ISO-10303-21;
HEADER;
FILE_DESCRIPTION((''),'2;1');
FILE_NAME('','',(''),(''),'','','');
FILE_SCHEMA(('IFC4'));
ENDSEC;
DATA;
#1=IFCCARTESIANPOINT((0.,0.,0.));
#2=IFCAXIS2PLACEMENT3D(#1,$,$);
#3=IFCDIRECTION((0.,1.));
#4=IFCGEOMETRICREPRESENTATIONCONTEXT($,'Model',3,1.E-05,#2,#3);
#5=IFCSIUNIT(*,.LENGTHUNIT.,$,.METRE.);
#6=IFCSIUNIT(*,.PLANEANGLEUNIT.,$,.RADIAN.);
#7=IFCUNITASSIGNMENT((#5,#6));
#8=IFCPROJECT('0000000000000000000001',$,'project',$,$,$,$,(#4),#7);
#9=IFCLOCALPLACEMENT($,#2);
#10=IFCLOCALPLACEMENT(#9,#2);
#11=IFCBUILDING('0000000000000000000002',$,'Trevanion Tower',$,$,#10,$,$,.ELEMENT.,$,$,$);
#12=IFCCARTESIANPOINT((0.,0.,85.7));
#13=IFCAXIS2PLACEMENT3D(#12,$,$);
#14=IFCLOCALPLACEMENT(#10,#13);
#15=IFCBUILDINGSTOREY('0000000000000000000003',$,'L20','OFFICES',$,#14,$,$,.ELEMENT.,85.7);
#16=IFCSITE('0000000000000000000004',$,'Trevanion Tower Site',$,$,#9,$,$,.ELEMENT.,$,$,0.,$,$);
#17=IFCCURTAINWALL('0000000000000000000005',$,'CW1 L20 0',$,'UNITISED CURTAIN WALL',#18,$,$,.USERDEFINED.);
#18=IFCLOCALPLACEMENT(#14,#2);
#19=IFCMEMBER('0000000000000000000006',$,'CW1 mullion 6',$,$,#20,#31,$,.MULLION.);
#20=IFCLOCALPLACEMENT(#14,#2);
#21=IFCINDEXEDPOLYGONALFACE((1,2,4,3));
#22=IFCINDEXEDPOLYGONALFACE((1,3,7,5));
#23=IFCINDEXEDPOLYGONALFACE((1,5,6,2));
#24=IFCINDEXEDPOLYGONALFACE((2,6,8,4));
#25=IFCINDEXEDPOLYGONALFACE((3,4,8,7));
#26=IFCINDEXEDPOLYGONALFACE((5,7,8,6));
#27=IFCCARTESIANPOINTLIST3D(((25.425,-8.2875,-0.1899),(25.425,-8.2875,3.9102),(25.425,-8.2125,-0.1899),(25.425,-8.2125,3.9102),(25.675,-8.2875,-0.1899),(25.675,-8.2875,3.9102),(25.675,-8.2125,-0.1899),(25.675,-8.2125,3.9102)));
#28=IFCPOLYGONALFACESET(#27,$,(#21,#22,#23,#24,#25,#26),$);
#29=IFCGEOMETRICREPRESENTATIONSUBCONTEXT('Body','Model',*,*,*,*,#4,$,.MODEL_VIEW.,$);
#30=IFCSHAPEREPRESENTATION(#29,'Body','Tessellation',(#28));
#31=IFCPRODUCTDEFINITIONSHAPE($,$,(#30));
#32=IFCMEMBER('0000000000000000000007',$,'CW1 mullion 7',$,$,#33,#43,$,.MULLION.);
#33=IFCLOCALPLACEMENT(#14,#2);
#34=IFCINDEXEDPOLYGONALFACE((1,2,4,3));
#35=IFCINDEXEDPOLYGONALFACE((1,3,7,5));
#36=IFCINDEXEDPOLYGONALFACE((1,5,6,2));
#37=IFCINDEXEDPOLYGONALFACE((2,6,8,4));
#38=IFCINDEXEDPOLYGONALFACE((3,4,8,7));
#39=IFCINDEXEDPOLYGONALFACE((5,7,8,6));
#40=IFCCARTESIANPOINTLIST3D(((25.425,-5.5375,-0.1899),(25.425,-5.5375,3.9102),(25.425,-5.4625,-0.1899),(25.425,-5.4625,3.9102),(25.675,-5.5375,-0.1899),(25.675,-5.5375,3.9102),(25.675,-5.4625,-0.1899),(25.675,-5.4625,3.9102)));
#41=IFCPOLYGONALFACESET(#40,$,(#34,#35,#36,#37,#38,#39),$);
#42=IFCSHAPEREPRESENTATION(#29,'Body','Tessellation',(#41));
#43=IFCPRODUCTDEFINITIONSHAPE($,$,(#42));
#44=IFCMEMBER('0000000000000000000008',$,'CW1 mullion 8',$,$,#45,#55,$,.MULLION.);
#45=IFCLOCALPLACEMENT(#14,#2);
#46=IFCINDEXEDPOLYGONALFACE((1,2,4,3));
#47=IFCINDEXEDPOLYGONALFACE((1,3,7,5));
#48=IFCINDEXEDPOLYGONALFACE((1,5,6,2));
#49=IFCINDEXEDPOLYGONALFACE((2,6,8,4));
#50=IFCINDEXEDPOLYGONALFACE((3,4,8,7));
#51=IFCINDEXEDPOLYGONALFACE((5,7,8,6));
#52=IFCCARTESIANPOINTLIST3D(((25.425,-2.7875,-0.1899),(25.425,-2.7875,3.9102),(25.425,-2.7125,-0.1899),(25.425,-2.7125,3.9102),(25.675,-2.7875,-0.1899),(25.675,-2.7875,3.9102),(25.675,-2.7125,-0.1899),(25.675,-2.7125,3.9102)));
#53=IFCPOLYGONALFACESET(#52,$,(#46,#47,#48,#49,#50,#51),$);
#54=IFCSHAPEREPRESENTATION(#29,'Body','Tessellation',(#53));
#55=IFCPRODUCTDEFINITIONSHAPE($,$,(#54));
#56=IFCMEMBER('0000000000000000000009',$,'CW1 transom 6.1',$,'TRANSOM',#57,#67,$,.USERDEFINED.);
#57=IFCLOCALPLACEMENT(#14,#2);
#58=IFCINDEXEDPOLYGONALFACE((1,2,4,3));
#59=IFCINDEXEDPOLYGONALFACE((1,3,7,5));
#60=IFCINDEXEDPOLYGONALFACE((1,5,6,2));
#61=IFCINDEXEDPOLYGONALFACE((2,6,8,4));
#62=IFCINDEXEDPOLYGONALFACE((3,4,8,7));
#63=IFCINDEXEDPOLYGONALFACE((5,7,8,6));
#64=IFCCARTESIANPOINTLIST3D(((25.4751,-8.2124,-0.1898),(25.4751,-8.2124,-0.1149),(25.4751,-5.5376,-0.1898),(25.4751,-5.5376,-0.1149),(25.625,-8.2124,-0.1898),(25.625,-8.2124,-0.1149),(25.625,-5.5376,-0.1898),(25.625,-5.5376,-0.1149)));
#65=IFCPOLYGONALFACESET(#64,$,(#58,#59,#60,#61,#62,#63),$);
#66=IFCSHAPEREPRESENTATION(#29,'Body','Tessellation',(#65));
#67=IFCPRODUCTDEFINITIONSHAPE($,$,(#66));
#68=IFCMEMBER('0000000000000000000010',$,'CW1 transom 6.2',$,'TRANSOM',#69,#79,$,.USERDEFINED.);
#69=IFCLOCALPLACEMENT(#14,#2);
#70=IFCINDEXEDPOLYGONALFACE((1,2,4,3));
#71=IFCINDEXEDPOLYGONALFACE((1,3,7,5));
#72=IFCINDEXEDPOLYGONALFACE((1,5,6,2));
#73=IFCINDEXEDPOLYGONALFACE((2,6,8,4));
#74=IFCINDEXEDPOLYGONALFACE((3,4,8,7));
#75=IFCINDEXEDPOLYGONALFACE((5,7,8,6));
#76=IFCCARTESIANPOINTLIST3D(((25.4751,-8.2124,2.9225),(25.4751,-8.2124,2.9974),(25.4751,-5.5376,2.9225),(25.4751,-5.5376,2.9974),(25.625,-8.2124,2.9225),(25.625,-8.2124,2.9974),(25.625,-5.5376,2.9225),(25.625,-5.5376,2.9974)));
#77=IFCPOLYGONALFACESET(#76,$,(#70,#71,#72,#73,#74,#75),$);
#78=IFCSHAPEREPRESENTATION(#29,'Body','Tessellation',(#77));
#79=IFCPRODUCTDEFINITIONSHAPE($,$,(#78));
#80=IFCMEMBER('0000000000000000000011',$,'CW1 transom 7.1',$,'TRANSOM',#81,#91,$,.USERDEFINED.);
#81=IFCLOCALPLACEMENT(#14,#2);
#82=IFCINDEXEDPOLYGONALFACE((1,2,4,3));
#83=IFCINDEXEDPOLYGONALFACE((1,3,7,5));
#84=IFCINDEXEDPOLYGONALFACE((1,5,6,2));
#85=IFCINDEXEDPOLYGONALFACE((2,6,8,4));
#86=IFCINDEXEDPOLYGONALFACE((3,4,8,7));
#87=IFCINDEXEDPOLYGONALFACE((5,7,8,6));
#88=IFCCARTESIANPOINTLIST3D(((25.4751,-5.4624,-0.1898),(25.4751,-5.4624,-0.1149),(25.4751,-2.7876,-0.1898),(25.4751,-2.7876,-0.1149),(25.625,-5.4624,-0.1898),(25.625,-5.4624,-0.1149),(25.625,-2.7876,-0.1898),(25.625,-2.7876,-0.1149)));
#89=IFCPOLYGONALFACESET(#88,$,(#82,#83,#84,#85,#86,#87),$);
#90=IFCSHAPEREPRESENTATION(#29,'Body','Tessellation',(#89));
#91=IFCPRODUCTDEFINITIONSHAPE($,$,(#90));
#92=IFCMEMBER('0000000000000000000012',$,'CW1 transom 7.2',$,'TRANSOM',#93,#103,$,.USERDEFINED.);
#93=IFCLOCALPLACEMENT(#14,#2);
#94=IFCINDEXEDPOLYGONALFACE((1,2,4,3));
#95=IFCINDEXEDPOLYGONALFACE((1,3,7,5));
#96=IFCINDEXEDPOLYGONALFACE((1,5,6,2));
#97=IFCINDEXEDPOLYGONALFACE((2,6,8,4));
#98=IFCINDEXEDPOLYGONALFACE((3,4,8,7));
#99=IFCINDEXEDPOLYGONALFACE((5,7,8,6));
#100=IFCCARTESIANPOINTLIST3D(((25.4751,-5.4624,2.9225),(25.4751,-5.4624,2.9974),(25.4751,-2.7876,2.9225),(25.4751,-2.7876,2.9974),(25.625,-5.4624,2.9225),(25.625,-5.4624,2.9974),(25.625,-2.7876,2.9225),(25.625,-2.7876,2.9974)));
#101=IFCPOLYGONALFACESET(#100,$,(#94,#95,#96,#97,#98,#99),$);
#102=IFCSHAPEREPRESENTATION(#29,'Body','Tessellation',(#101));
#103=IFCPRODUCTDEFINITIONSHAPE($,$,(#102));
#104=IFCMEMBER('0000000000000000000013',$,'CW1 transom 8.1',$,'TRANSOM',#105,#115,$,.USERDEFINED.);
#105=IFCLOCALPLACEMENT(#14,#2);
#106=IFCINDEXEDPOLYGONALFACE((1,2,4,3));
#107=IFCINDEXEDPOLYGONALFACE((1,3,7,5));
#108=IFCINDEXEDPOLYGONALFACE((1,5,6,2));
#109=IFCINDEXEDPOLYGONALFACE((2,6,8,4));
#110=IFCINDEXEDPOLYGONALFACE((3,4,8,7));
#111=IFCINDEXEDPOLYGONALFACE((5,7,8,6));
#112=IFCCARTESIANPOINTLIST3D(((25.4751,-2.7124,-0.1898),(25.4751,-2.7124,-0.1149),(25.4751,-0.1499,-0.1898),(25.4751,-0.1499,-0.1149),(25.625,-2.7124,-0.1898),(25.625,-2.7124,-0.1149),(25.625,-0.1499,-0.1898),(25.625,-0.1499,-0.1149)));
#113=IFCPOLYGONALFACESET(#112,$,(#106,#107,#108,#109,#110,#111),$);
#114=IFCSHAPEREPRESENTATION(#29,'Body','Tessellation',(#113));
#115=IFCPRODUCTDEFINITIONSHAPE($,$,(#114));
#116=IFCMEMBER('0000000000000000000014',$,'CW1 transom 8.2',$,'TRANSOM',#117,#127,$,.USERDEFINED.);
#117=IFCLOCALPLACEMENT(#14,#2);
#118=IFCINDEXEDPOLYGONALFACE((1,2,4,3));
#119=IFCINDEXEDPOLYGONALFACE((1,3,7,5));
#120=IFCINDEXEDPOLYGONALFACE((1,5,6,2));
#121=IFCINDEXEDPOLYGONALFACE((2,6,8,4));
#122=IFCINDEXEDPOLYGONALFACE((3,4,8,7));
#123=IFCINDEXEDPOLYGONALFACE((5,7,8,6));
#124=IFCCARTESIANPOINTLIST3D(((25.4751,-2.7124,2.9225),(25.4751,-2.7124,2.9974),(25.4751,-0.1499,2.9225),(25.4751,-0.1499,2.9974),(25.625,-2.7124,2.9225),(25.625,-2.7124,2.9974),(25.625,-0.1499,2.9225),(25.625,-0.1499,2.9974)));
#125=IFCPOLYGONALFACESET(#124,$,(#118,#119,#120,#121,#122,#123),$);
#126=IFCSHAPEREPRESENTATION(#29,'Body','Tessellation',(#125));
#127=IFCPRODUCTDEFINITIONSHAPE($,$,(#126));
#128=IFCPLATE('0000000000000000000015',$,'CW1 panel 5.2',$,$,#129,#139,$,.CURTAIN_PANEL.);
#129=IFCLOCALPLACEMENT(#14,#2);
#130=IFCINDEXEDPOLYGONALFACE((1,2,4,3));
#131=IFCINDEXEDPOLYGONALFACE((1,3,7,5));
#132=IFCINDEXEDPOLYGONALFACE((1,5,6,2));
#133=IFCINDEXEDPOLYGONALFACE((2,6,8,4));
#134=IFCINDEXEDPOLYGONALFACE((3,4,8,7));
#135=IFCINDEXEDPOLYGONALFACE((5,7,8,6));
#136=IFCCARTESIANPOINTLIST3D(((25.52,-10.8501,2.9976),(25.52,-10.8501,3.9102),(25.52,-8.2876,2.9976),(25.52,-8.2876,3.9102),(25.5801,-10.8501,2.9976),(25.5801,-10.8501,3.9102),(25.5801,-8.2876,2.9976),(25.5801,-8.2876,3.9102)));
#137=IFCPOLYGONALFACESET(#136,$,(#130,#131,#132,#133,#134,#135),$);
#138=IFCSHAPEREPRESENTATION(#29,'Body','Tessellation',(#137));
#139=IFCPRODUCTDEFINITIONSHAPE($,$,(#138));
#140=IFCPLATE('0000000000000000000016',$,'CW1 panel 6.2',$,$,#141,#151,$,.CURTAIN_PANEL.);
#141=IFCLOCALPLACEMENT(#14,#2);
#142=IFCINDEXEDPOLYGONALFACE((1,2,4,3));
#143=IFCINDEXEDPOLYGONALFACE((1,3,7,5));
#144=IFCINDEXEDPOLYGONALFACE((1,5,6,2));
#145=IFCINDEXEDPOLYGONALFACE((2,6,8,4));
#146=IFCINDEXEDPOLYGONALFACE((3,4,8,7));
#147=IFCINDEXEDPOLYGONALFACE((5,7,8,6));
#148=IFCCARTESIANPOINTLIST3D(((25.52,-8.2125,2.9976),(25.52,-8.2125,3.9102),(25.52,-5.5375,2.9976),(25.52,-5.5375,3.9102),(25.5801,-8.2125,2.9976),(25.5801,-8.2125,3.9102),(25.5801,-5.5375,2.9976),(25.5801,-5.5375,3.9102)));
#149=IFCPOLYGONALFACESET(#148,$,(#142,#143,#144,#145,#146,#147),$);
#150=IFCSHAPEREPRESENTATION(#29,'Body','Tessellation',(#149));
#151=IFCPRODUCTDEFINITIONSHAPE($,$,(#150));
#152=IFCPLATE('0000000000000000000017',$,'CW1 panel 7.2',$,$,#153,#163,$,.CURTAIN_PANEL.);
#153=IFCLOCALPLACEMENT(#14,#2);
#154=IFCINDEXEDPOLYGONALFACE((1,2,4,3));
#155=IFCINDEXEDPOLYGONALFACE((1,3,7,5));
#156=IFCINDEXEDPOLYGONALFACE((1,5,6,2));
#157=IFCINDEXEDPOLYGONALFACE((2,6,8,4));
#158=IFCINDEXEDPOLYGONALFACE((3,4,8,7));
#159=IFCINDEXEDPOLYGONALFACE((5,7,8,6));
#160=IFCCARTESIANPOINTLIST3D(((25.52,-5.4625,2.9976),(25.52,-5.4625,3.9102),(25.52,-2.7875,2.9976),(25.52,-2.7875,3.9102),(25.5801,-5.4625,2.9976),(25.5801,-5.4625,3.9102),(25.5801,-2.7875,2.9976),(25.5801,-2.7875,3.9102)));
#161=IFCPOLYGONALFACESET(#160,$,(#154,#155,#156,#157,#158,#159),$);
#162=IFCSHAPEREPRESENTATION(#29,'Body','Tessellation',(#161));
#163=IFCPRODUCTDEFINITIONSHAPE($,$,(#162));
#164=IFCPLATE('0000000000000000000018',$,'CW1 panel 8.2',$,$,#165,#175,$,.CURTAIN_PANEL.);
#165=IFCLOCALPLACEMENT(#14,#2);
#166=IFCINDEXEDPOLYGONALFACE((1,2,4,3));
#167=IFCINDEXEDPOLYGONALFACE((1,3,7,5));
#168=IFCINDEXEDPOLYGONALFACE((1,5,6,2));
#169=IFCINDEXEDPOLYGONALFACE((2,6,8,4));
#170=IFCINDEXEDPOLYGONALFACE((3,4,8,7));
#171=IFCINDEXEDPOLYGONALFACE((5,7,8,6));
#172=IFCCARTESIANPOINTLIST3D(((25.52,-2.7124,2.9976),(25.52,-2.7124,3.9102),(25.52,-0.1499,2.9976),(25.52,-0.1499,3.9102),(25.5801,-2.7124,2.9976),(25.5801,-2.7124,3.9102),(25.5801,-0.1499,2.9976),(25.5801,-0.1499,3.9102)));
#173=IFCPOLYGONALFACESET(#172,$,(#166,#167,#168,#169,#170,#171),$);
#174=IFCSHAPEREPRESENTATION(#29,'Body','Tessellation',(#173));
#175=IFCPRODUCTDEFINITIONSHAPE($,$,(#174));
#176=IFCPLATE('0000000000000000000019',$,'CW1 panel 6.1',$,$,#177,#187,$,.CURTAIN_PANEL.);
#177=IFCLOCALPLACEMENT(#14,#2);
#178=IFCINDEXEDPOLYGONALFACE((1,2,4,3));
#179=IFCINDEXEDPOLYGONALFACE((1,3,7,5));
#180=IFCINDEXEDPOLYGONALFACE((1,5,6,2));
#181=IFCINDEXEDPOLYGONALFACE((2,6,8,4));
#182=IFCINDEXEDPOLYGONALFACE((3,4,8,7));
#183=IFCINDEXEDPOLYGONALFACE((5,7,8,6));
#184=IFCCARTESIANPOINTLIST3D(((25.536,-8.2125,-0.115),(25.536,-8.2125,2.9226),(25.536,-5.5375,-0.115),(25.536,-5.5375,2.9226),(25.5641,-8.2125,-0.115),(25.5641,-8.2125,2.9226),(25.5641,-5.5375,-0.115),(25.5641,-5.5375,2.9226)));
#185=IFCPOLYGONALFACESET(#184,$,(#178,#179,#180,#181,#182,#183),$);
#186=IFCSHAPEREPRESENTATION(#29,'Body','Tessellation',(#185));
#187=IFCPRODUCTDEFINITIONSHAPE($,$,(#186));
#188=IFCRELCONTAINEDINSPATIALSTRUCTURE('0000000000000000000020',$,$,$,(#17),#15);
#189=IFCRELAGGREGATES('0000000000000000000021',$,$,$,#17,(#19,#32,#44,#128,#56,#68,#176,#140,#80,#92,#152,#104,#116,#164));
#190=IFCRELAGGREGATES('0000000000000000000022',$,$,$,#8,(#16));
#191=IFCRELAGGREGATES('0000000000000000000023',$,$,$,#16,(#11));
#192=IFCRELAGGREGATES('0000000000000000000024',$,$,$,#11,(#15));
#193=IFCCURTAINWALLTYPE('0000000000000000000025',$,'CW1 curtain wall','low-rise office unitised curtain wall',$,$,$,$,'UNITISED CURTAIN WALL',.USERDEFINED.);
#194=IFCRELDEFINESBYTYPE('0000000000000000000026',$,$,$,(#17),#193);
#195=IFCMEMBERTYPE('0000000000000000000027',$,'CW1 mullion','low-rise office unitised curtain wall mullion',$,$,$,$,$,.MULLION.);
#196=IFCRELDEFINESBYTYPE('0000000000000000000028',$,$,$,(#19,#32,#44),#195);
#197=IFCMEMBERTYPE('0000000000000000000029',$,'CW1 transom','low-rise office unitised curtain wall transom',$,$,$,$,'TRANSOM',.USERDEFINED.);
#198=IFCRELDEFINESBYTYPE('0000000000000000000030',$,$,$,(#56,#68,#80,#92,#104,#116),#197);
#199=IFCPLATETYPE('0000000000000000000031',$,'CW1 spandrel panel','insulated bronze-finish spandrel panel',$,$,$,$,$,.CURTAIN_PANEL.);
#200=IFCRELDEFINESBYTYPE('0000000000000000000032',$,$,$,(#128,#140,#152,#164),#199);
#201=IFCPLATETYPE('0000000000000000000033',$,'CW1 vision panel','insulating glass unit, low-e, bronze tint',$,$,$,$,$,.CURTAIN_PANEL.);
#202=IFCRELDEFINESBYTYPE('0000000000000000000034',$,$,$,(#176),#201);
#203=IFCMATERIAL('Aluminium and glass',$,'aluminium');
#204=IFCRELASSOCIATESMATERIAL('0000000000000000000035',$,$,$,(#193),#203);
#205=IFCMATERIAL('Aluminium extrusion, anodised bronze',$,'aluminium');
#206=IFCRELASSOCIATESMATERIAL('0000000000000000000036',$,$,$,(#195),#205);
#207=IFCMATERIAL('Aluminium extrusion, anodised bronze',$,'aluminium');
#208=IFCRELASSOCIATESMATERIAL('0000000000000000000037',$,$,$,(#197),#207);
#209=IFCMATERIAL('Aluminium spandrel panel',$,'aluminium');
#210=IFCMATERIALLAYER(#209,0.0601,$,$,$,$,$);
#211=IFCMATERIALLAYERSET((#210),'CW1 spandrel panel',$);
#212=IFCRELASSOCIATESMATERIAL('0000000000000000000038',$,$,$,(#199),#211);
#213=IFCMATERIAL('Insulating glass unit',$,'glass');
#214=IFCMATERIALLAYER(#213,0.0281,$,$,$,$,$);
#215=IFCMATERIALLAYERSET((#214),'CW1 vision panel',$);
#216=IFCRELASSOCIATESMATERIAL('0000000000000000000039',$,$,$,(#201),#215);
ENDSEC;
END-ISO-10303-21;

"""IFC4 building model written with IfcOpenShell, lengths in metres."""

from ifc_helpers import new_model, si_unit, direction, frame, origin, origin_2d, place, context, subcontext, project, spatial, rectangle, extrude, material, layer, layer_set, material_profile, profile_set, type_object, element, aggregate, save


model = new_model("IFC4")

# Units and contexts
model_context = context("Model", 3, precision=1e-05, world=origin(), true_north=direction((0.0, 1.0)))
body_context = subcontext(model_context, "Body", "Model", "MODEL_VIEW")
ifc_project = project(units=[si_unit("LENGTHUNIT", "METRE"), si_unit("PLANEANGLEUNIT", "RADIAN")], contexts=[model_context])

# Site, building, storey
site_placement = place(None, origin())
site = spatial("IfcSite", under=ifc_project, at=site_placement, Name="Trevanion Tower Site", CompositionType="ELEMENT", RefElevation=0.0)
building_placement = place(site_placement, origin())
building = spatial("IfcBuilding", under=site, at=building_placement, Name="Trevanion Tower", CompositionType="ELEMENT")
storey_placement = place(building_placement, frame((0.0, 0.0, 85.7)))
storey = spatial("IfcBuildingStorey", under=building, at=storey_placement, Name="L20", Description="OFFICES", CompositionType="ELEMENT", Elevation=85.7)

# Curtain wall, members, plates
ifc_material_1 = material(Name="Aluminium and glass", Category="aluminium")
curtain_wall_type = type_object("IfcCurtainWallType", Name="CW1 curtain wall", Description="low-rise office unitised curtain wall", ElementType="UNITISED CURTAIN WALL", PredefinedType="USERDEFINED", material=ifc_material_1)
curtain_wall_placement = place(storey_placement, origin())
curtain_wall = element("IfcCurtainWall", 1, at=curtain_wall_placement, inside=storey, type_object=curtain_wall_type, Name="CW1 L20 0", ObjectType="UNITISED CURTAIN WALL", PredefinedType="USERDEFINED")
ifc_material_2 = material(Name="Aluminium extrusion, anodised bronze", Category="aluminium")
ifc_material_profile_1 = material_profile(ifc_material_2, rectangle(XDim=0.075, YDim=0.25, at=origin_2d()), Name="CW1 mullion")
ifc_profile_set_1 = profile_set([ifc_material_profile_1], Name="Aluminium extrusion, anodised bronze")
member_type_1 = type_object("IfcMemberType", Name="CW1 mullion", Description="low-rise office unitised curtain wall mullion", PredefinedType="MULLION", material=ifc_profile_set_1)
member_1_placement = place(storey_placement, frame((25.55, -8.25, -0.1899), z_axis=(0.0, 0.0, 1.0), x_axis=(0.0, 1.0, 0.0)))
member_1 = element("IfcMember", 2, at=member_1_placement, type_object=member_type_1, Name="CW1 mullion 6", PredefinedType="MULLION", context=body_context, shape_type="SweptSolid", body=[
    extrude(rectangle(XDim=0.075, YDim=0.25, at=origin_2d()), origin(), (0.0, 0.0, 1.0), 4.1001),
])
member_2_placement = place(storey_placement, frame((25.55, -5.5, -0.1899), z_axis=(0.0, 0.0, 1.0), x_axis=(0.0, 1.0, 0.0)))
member_2 = element("IfcMember", 3, at=member_2_placement, type_object=member_type_1, Name="CW1 mullion 7", PredefinedType="MULLION", context=body_context, shape_type="SweptSolid", body=[
    extrude(rectangle(XDim=0.075, YDim=0.25, at=origin_2d()), origin(), (0.0, 0.0, 1.0), 4.1001),
])
member_3_placement = place(storey_placement, frame((25.55, -2.75, -0.1899), z_axis=(0.0, 0.0, 1.0), x_axis=(0.0, 1.0, 0.0)))
member_3 = element("IfcMember", 4, at=member_3_placement, type_object=member_type_1, Name="CW1 mullion 8", PredefinedType="MULLION", context=body_context, shape_type="SweptSolid", body=[
    extrude(rectangle(XDim=0.075, YDim=0.25, at=origin_2d()), origin(), (0.0, 0.0, 1.0), 4.1001),
])
ifc_material_3 = material(Name="Aluminium extrusion, anodised bronze", Category="aluminium")
ifc_material_profile_2 = material_profile(ifc_material_3, rectangle(XDim=0.1499, YDim=0.075, at=origin_2d()), Name="CW1 transom")
ifc_profile_set_2 = profile_set([ifc_material_profile_2], Name="Aluminium extrusion, anodised bronze")
member_type_2 = type_object("IfcMemberType", Name="CW1 transom", Description="low-rise office unitised curtain wall transom", ElementType="TRANSOM", PredefinedType="USERDEFINED", material=ifc_profile_set_2)
member_4_placement = place(storey_placement, frame((25.55, -8.2124, -0.1523), z_axis=(0.0, 1.0, 0.0), x_axis=(-1.0, 0.0, 0.0)))
member_4 = element("IfcMember", 5, at=member_4_placement, type_object=member_type_2, Name="CW1 transom 6.1", ObjectType="TRANSOM", PredefinedType="USERDEFINED", context=body_context, shape_type="SweptSolid", body=[
    extrude(rectangle(XDim=0.1499, YDim=0.075, at=origin_2d()), origin(), (0.0, 0.0, 1.0), 2.6748),
])
member_5_placement = place(storey_placement, frame((25.55, -8.2124, 2.96), z_axis=(0.0, 1.0, 0.0), x_axis=(-1.0, 0.0, 0.0)))
member_5 = element("IfcMember", 6, at=member_5_placement, type_object=member_type_2, Name="CW1 transom 6.2", ObjectType="TRANSOM", PredefinedType="USERDEFINED", context=body_context, shape_type="SweptSolid", body=[
    extrude(rectangle(XDim=0.1499, YDim=0.075, at=origin_2d()), origin(), (0.0, 0.0, 1.0), 2.6748),
])
member_6_placement = place(storey_placement, frame((25.55, -5.4624, -0.1523), z_axis=(0.0, 1.0, 0.0), x_axis=(-1.0, 0.0, 0.0)))
member_6 = element("IfcMember", 7, at=member_6_placement, type_object=member_type_2, Name="CW1 transom 7.1", ObjectType="TRANSOM", PredefinedType="USERDEFINED", context=body_context, shape_type="SweptSolid", body=[
    extrude(rectangle(XDim=0.1499, YDim=0.075, at=origin_2d()), origin(), (0.0, 0.0, 1.0), 2.6748),
])
member_7_placement = place(storey_placement, frame((25.55, -5.4624, 2.96), z_axis=(0.0, 1.0, 0.0), x_axis=(-1.0, 0.0, 0.0)))
member_7 = element("IfcMember", 8, at=member_7_placement, type_object=member_type_2, Name="CW1 transom 7.2", ObjectType="TRANSOM", PredefinedType="USERDEFINED", context=body_context, shape_type="SweptSolid", body=[
    extrude(rectangle(XDim=0.1499, YDim=0.075, at=origin_2d()), origin(), (0.0, 0.0, 1.0), 2.6748),
])
member_8_placement = place(storey_placement, frame((25.55, -2.7124, -0.1523), z_axis=(0.0, 1.0, 0.0), x_axis=(-1.0, 0.0, 0.0)))
member_8 = element("IfcMember", 9, at=member_8_placement, type_object=member_type_2, Name="CW1 transom 8.1", ObjectType="TRANSOM", PredefinedType="USERDEFINED", context=body_context, shape_type="SweptSolid", body=[
    extrude(rectangle(XDim=0.1499, YDim=0.075, at=origin_2d()), origin(), (0.0, 0.0, 1.0), 2.5625),
])
member_9_placement = place(storey_placement, frame((25.55, -2.7124, 2.96), z_axis=(0.0, 1.0, 0.0), x_axis=(-1.0, 0.0, 0.0)))
member_9 = element("IfcMember", 10, at=member_9_placement, type_object=member_type_2, Name="CW1 transom 8.2", ObjectType="TRANSOM", PredefinedType="USERDEFINED", context=body_context, shape_type="SweptSolid", body=[
    extrude(rectangle(XDim=0.1499, YDim=0.075, at=origin_2d()), origin(), (0.0, 0.0, 1.0), 2.5625),
])
ifc_material_4 = material(Name="Aluminium spandrel panel", Category="aluminium")
ifc_layer_1 = layer(ifc_material_4, 0.0601)
ifc_layer_set_1 = layer_set([ifc_layer_1], Name="CW1 spandrel panel")
plate_type_1 = type_object("IfcPlateType", Name="CW1 spandrel panel", Description="insulated bronze-finish spandrel panel", PredefinedType="CURTAIN_PANEL", material=ifc_layer_set_1)
plate_1_placement = place(storey_placement, frame((25.55, -9.5688, 2.9976), z_axis=(0.0, 0.0, 1.0), x_axis=(0.0, 1.0, 0.0)))
plate_1 = element("IfcPlate", 11, at=plate_1_placement, type_object=plate_type_1, Name="CW1 panel 5.2", PredefinedType="CURTAIN_PANEL", context=body_context, shape_type="SweptSolid", body=[
    extrude(rectangle(XDim=2.5625, YDim=0.0601, at=origin_2d()), origin(), (0.0, 0.0, 1.0), 0.9126),
])
plate_2_placement = place(storey_placement, frame((25.55, -6.875, 2.9976), z_axis=(0.0, 0.0, 1.0), x_axis=(0.0, 1.0, 0.0)))
plate_2 = element("IfcPlate", 12, at=plate_2_placement, type_object=plate_type_1, Name="CW1 panel 6.2", PredefinedType="CURTAIN_PANEL", context=body_context, shape_type="SweptSolid", body=[
    extrude(rectangle(XDim=2.675, YDim=0.0601, at=origin_2d()), origin(), (0.0, 0.0, 1.0), 0.9126),
])
plate_3_placement = place(storey_placement, frame((25.55, -4.125, 2.9976), z_axis=(0.0, 0.0, 1.0), x_axis=(0.0, 1.0, 0.0)))
plate_3 = element("IfcPlate", 13, at=plate_3_placement, type_object=plate_type_1, Name="CW1 panel 7.2", PredefinedType="CURTAIN_PANEL", context=body_context, shape_type="SweptSolid", body=[
    extrude(rectangle(XDim=2.675, YDim=0.0601, at=origin_2d()), origin(), (0.0, 0.0, 1.0), 0.9126),
])
plate_4_placement = place(storey_placement, frame((25.55, -1.4312, 2.9976), z_axis=(0.0, 0.0, 1.0), x_axis=(0.0, 1.0, 0.0)))
plate_4 = element("IfcPlate", 14, at=plate_4_placement, type_object=plate_type_1, Name="CW1 panel 8.2", PredefinedType="CURTAIN_PANEL", context=body_context, shape_type="SweptSolid", body=[
    extrude(rectangle(XDim=2.5625, YDim=0.0601, at=origin_2d()), origin(), (0.0, 0.0, 1.0), 0.9126),
])
ifc_material_5 = material(Name="Insulating glass unit", Category="glass")
ifc_layer_2 = layer(ifc_material_5, 0.0281)
ifc_layer_set_2 = layer_set([ifc_layer_2], Name="CW1 vision panel")
plate_type_2 = type_object("IfcPlateType", Name="CW1 vision panel", Description="insulating glass unit, low-e, bronze tint", PredefinedType="CURTAIN_PANEL", material=ifc_layer_set_2)
plate_5_placement = place(storey_placement, frame((25.55, -6.875, -0.115), z_axis=(0.0, 0.0, 1.0), x_axis=(0.0, 1.0, 0.0)))
plate_5 = element("IfcPlate", 15, at=plate_5_placement, type_object=plate_type_2, Name="CW1 panel 6.1", PredefinedType="CURTAIN_PANEL", context=body_context, shape_type="SweptSolid", body=[
    extrude(rectangle(XDim=2.675, YDim=0.0281, at=origin_2d()), origin(), (0.0, 0.0, 1.0), 3.0376),
])
aggregate(curtain_wall, [member_1, member_2, member_3, plate_1, member_4, member_5, plate_5, plate_2, member_6, member_7, plate_3, member_8, member_9, plate_4])

save(model, "model.ifc")
